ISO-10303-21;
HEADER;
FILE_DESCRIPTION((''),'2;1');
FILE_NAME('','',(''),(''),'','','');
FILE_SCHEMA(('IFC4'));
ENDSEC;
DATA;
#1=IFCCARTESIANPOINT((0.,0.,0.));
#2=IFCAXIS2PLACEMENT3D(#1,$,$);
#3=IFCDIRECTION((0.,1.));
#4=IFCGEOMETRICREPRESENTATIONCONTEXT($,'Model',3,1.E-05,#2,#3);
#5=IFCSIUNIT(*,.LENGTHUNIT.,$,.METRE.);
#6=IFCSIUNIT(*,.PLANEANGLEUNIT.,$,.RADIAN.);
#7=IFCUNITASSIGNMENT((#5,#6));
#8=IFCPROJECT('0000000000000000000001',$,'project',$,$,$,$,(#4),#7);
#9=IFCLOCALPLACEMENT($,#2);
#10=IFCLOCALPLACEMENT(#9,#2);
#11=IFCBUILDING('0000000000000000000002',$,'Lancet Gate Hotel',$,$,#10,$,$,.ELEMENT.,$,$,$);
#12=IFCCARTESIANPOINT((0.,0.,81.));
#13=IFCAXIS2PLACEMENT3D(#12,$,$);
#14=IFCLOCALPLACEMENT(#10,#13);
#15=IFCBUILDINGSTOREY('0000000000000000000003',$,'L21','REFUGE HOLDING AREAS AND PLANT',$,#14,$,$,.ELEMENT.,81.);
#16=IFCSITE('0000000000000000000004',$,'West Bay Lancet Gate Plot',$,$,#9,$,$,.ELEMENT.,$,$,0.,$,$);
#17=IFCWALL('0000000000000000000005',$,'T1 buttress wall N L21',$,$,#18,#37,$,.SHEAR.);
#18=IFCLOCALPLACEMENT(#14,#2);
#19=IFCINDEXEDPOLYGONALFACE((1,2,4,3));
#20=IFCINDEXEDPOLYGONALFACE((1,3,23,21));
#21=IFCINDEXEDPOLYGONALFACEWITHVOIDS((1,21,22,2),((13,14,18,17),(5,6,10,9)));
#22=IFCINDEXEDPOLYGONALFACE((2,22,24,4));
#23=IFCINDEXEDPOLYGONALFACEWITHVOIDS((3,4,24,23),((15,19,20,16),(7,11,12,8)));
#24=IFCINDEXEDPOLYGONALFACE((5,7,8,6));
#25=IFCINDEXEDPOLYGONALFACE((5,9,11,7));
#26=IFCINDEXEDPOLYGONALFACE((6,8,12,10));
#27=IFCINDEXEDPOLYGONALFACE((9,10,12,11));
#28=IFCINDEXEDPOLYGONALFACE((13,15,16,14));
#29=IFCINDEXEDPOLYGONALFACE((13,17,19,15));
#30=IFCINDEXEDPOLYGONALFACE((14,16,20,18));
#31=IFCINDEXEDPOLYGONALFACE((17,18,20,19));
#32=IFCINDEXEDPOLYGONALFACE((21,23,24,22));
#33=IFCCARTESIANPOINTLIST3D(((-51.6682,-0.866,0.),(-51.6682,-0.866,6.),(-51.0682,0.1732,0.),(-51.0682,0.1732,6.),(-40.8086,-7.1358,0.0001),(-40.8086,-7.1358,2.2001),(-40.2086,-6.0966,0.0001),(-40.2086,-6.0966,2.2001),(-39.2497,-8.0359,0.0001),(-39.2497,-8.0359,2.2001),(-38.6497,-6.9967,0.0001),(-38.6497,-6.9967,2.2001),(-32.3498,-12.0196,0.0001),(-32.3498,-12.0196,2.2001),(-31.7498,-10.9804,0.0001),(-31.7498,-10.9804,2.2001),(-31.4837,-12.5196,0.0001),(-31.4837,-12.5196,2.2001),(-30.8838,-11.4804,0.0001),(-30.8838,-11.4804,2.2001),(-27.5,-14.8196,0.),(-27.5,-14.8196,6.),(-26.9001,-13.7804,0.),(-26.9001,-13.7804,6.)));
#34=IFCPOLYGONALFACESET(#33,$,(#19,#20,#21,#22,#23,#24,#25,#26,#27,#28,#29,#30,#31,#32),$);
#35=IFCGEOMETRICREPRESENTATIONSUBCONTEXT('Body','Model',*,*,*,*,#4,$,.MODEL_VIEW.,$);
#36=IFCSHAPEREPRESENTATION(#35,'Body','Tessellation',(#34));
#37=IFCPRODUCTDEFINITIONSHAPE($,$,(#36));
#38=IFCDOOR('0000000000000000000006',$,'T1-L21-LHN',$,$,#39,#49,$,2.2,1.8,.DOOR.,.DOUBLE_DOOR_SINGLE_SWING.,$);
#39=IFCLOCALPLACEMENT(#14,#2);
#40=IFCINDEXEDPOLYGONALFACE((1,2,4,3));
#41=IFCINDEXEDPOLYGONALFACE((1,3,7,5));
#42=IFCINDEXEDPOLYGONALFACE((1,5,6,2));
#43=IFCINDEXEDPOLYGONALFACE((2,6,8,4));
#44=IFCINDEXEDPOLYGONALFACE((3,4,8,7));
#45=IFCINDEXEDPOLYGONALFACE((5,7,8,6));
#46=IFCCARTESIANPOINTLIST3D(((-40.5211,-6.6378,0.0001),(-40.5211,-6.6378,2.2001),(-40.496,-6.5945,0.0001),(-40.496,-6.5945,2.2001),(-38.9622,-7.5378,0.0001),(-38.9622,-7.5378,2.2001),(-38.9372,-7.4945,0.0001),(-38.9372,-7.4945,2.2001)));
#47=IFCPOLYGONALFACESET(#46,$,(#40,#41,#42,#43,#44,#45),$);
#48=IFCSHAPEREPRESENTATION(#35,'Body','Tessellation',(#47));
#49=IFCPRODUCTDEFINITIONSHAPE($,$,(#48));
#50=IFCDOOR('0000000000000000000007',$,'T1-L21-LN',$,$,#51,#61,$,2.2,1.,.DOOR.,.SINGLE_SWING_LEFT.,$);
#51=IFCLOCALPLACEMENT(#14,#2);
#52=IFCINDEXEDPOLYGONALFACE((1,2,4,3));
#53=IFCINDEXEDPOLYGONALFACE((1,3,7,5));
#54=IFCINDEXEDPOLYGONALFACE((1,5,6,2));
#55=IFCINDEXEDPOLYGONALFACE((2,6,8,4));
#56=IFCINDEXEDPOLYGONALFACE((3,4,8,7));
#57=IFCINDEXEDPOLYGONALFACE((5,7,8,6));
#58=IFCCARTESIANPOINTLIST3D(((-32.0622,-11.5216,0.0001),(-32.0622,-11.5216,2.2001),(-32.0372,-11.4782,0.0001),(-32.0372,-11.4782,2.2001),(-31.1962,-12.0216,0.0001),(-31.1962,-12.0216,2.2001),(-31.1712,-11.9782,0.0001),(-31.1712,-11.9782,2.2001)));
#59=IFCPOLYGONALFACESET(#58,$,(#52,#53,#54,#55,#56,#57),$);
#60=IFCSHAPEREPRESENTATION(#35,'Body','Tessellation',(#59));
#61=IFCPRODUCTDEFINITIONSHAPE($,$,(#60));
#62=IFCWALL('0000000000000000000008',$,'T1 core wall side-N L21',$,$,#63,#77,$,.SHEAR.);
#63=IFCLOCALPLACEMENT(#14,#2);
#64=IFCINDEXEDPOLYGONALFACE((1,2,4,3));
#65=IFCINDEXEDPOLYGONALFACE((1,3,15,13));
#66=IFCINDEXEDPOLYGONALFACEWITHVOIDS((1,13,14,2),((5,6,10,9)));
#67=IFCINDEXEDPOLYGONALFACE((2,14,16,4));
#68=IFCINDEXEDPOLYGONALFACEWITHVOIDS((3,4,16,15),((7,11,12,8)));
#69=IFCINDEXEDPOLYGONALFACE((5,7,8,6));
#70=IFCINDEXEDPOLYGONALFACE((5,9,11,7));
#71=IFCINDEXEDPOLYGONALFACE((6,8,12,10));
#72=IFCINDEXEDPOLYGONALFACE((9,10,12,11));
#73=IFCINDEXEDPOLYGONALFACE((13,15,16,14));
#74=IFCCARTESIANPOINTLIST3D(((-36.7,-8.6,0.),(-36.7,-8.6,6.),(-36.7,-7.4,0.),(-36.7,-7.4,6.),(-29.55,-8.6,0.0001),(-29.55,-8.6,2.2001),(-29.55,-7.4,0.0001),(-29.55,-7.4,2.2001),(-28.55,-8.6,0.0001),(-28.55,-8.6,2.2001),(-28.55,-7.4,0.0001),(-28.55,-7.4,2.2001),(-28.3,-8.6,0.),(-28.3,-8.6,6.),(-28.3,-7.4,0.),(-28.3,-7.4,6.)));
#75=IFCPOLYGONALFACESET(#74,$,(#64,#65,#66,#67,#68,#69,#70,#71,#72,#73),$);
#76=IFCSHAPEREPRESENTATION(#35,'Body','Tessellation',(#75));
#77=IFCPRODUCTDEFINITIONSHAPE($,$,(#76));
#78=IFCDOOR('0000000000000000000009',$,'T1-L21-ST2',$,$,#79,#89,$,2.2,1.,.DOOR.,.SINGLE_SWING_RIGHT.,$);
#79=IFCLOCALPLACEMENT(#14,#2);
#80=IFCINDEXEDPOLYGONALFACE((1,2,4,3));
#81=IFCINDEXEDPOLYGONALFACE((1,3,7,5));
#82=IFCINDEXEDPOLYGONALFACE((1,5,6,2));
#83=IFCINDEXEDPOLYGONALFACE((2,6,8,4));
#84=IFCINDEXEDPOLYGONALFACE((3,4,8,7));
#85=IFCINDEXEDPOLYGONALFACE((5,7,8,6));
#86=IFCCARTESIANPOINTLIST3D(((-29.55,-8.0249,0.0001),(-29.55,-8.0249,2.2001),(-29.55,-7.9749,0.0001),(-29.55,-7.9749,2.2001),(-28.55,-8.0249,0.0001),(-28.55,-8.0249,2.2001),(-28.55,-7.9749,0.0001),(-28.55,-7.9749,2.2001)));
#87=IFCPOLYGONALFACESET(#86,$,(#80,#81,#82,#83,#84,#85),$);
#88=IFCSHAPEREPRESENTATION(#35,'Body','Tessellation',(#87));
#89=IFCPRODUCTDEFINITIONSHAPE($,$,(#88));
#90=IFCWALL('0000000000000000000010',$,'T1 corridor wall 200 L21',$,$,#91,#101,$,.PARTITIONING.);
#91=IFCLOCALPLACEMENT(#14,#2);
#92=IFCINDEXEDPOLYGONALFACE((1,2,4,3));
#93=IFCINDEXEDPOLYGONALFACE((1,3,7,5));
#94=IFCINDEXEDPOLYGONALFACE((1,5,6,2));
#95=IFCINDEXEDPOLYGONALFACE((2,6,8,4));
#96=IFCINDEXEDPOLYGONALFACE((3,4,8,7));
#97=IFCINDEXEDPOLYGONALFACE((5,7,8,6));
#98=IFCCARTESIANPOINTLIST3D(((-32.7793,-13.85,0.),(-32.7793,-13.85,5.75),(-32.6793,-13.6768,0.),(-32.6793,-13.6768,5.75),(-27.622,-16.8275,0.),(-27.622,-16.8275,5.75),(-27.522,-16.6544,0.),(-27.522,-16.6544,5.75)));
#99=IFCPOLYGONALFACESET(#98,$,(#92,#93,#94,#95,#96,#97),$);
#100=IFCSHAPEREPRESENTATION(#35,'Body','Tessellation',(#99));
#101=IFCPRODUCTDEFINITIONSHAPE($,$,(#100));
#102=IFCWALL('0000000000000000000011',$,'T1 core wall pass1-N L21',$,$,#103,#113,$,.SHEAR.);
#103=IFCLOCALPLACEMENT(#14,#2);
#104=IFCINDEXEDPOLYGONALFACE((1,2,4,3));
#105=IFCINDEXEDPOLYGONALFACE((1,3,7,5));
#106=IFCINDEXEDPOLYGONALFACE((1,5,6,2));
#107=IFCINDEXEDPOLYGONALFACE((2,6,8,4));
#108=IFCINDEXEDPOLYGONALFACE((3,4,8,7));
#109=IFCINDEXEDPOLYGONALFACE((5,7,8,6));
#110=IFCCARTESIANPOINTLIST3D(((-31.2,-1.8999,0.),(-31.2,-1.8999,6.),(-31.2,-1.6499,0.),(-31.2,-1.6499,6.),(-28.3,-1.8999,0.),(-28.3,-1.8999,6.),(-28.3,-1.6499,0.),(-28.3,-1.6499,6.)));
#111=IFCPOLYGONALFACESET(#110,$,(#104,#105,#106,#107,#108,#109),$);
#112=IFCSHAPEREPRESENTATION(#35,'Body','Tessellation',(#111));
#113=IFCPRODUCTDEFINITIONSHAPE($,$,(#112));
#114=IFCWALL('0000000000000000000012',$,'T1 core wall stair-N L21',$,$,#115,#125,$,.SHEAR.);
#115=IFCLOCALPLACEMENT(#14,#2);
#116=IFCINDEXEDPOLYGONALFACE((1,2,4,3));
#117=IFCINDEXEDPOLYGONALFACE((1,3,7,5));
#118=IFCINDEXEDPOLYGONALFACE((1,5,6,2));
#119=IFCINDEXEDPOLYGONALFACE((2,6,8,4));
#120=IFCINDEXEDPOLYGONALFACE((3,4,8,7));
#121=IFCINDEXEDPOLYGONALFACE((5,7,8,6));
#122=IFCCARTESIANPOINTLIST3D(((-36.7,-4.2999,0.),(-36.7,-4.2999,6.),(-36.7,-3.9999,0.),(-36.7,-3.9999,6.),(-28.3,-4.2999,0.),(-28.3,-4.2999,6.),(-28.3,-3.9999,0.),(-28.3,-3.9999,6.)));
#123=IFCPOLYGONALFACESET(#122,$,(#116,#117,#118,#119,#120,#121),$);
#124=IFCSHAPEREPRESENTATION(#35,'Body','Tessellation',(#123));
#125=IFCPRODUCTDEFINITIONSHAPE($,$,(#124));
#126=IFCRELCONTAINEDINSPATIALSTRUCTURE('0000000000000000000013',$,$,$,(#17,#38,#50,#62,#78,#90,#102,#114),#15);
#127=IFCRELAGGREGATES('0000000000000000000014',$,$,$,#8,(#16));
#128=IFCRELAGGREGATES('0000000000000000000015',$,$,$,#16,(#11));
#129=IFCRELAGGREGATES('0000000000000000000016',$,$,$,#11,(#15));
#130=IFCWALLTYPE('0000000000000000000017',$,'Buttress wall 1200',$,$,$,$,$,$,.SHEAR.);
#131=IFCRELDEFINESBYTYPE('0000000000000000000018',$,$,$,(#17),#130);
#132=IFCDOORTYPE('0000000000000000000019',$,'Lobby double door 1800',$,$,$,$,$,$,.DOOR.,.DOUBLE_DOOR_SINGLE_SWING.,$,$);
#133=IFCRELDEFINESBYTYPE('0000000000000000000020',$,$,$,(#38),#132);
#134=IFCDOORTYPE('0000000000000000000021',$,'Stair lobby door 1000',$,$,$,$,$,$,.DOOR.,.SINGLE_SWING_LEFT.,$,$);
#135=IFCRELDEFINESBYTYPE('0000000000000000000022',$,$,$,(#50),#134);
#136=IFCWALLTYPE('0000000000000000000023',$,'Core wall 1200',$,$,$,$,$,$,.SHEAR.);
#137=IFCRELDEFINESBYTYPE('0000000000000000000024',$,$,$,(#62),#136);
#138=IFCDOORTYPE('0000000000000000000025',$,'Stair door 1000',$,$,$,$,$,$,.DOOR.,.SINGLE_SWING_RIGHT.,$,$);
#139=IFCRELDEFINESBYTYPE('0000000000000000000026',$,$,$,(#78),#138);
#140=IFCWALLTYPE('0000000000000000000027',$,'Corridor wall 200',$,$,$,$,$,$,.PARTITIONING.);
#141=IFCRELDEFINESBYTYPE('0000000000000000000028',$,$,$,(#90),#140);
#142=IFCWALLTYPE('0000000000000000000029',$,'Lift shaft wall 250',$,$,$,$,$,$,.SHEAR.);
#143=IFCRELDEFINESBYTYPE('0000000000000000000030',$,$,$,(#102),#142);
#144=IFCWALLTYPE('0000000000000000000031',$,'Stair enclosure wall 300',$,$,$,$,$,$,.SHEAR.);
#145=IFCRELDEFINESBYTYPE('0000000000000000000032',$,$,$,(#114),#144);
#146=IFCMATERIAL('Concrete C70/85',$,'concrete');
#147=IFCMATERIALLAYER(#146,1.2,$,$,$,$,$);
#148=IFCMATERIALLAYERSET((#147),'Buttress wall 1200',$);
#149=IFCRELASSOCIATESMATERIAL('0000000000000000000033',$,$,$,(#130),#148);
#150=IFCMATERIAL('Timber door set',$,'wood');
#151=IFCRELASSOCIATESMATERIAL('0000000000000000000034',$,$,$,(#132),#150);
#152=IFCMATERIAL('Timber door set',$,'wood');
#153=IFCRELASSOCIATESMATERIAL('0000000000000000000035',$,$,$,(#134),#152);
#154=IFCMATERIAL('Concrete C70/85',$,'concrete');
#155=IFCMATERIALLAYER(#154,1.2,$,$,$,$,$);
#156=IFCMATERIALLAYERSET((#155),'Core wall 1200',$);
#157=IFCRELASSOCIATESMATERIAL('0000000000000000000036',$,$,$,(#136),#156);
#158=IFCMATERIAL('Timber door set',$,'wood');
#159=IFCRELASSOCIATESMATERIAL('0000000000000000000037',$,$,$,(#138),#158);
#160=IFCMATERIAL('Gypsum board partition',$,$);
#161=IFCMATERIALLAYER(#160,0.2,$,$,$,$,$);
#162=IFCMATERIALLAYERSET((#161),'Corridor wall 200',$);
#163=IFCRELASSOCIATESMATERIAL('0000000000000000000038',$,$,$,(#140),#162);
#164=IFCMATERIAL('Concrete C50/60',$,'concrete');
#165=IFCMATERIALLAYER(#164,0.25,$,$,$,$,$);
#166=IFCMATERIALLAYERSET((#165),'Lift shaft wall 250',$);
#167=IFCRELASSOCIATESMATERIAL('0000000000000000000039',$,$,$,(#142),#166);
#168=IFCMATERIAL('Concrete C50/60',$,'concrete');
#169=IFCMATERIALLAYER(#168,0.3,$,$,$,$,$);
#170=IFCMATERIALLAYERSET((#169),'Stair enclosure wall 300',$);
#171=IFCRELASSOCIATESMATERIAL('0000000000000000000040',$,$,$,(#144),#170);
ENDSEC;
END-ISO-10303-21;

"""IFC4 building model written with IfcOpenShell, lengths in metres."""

from ifc_helpers import new_model, si_unit, direction, frame, frame_2d, origin, place, context, subcontext, project, spatial, rectangle, extrude, material, layer, layer_set, type_object, element, fill, save


model = new_model("IFC4")

# Units and contexts
model_context = context("Model", 3, precision=1e-05, world=origin(), true_north=direction((0.0, 1.0)))
body_context = subcontext(model_context, "Body", "Model", "MODEL_VIEW")
ifc_project = project(units=[si_unit("LENGTHUNIT", "METRE"), si_unit("PLANEANGLEUNIT", "RADIAN")], contexts=[model_context])

# Site, building, storey
site_placement = place(None, origin())
site = spatial("IfcSite", under=ifc_project, at=site_placement, Name="West Bay Lancet Gate Plot", CompositionType="ELEMENT", RefElevation=0.0)
building_placement = place(site_placement, origin())
building = spatial("IfcBuilding", under=site, at=building_placement, Name="Lancet Gate Hotel", CompositionType="ELEMENT")
storey_placement = place(building_placement, frame((0.0, 0.0, 81.0)))
storey = spatial("IfcBuildingStorey", under=building, at=storey_placement, Name="L21", Description="REFUGE HOLDING AREAS AND PLANT", CompositionType="ELEMENT", Elevation=81.0)

# Wall, openings, doors
ifc_material_1 = material(Name="Concrete C70/85", Category="concrete")
ifc_layer_1 = layer(ifc_material_1, 1.2)
ifc_layer_set_1 = layer_set([ifc_layer_1], Name="Buttress wall 1200")
wall_type_1 = type_object("IfcWallType", Name="Buttress wall 1200", PredefinedType="SHEAR", material=ifc_layer_set_1)
wall_1_placement = place(storey_placement, frame((-27.2, -14.3, 0.0), z_axis=(0.0, 0.0, 1.0), x_axis=(-0.866024, 0.500002, 0.0)))
wall_1 = element("IfcWall", 1, at=wall_1_placement, inside=storey, type_object=wall_type_1, Name="T1 buttress wall N L21", PredefinedType="SHEAR", context=body_context, shape_type="SweptSolid", body=[
    extrude(rectangle(XDim=27.907, YDim=1.2, at=frame_2d((13.9536, 0.0))), origin(), (0.0, 0.0, 1.0), 6.0),
])
opening_1_placement = place(wall_1_placement, frame((4.6001, 0.0, 0.0)))
opening_1 = element("IfcOpeningElement", 2, at=opening_1_placement, cuts=wall_1, PredefinedType="OPENING", context=body_context, shape_type="SweptSolid", body=[
    extrude(rectangle(XDim=1.0, YDim=2.2, at=frame_2d((0.5, 1.1001))), frame((0.0, 0.6099, 0.0), z_axis=(0.0, -1.0, 0.0), x_axis=(1.0, 0.0, 0.0)), (0.0, 0.0, 1.0), 1.22),
])
opening_2_placement = place(wall_1_placement, frame((13.5676, 0.0, 0.0)))
opening_2 = element("IfcOpeningElement", 3, at=opening_2_placement, cuts=wall_1, PredefinedType="OPENING", context=body_context, shape_type="SweptSolid", body=[
    extrude(rectangle(XDim=1.8, YDim=2.2, at=frame_2d((0.8999, 1.1001))), frame((0.0, 0.6099, 0.0), z_axis=(0.0, -1.0, 0.0), x_axis=(1.0, 0.0, 0.0)), (0.0, 0.0, 1.0), 1.22),
])
ifc_material_2 = material(Name="Timber door set", Category="wood")
door_type_1 = type_object("IfcDoorType", Name="Lobby double door 1800", OperationType="DOUBLE_DOOR_SINGLE_SWING", PredefinedType="DOOR", material=ifc_material_2)
door_1_placement = place(opening_2_placement, origin())
door_1 = element("IfcDoor", 4, at=door_1_placement, inside=storey, type_object=door_type_1, Name="T1-L21-LHN", OperationType="DOUBLE_DOOR_SINGLE_SWING", OverallHeight=2.2, OverallWidth=1.8, PredefinedType="DOOR", context=body_context, shape_type="SweptSolid", body=[
    extrude(rectangle(XDim=1.8, YDim=2.2, at=frame_2d((0.8999, 1.1001))), frame((0.0, 0.0249, 0.0), z_axis=(0.0, -1.0, 0.0), x_axis=(1.0, 0.0, 0.0)), (0.0, 0.0, 1.0), 0.05),
])
fill(opening_2, door_1)
ifc_material_3 = material(Name="Timber door set", Category="wood")
door_type_2 = type_object("IfcDoorType", Name="Stair lobby door 1000", OperationType="SINGLE_SWING_LEFT", PredefinedType="DOOR", material=ifc_material_3)
door_2_placement = place(opening_1_placement, origin())
door_2 = element("IfcDoor", 5, at=door_2_placement, inside=storey, type_object=door_type_2, Name="T1-L21-LN", OperationType="SINGLE_SWING_LEFT", OverallHeight=2.2, OverallWidth=1.0, PredefinedType="DOOR", context=body_context, shape_type="SweptSolid", body=[
    extrude(rectangle(XDim=1.0, YDim=2.2, at=frame_2d((0.5, 1.1001))), frame((0.0, 0.0249, 0.0), z_axis=(0.0, -1.0, 0.0), x_axis=(1.0, 0.0, 0.0)), (0.0, 0.0, 1.0), 0.05),
])
fill(opening_1, door_2)

# Wall, opening, door
ifc_material_4 = material(Name="Concrete C70/85", Category="concrete")
ifc_layer_2 = layer(ifc_material_4, 1.2)
ifc_layer_set_2 = layer_set([ifc_layer_2], Name="Core wall 1200")
wall_type_2 = type_object("IfcWallType", Name="Core wall 1200", PredefinedType="SHEAR", material=ifc_layer_set_2)
wall_2_placement = place(storey_placement, frame((-28.3, -8.0, 0.0), z_axis=(0.0, 0.0, 1.0), x_axis=(-1.0, 0.0, 0.0)))
wall_2 = element("IfcWall", 6, at=wall_2_placement, inside=storey, type_object=wall_type_2, Name="T1 core wall side-N L21", PredefinedType="SHEAR", context=body_context, shape_type="SweptSolid", body=[
    extrude(rectangle(XDim=8.3999, YDim=1.2, at=frame_2d((4.2, 0.0))), origin(), (0.0, 0.0, 1.0), 6.0),
])
opening_3_placement = place(wall_2_placement, frame((0.25, 0.0, 0.0)))
opening_3 = element("IfcOpeningElement", 7, at=opening_3_placement, cuts=wall_2, PredefinedType="OPENING", context=body_context, shape_type="SweptSolid", body=[
    extrude(rectangle(XDim=1.0, YDim=2.2, at=frame_2d((0.5, 1.1001))), frame((0.0, 0.6099, 0.0), z_axis=(0.0, -1.0, 0.0), x_axis=(1.0, 0.0, 0.0)), (0.0, 0.0, 1.0), 1.22),
])
ifc_material_5 = material(Name="Timber door set", Category="wood")
door_type_3 = type_object("IfcDoorType", Name="Stair door 1000", OperationType="SINGLE_SWING_RIGHT", PredefinedType="DOOR", material=ifc_material_5)
door_3_placement = place(opening_3_placement, origin())
door_3 = element("IfcDoor", 8, at=door_3_placement, inside=storey, type_object=door_type_3, Name="T1-L21-ST2", OperationType="SINGLE_SWING_RIGHT", OverallHeight=2.2, OverallWidth=1.0, PredefinedType="DOOR", context=body_context, shape_type="SweptSolid", body=[
    extrude(rectangle(XDim=1.0, YDim=2.2, at=frame_2d((0.5, 1.1001))), frame((0.0, 0.0249, 0.0), z_axis=(0.0, -1.0, 0.0), x_axis=(1.0, 0.0, 0.0)), (0.0, 0.0, 1.0), 0.05),
])
fill(opening_3, door_3)

# Walls
ifc_material_6 = material(Name="Gypsum board partition")
ifc_layer_3 = layer(ifc_material_6, 0.2)
ifc_layer_set_3 = layer_set([ifc_layer_3], Name="Corridor wall 200")
wall_type_3 = type_object("IfcWallType", Name="Corridor wall 200", PredefinedType="PARTITIONING", material=ifc_layer_set_3)
wall_3_placement = place(storey_placement, frame((-27.572, -16.741, 0.0), z_axis=(0.0, 0.0, 1.0), x_axis=(-0.866024, 0.500002, 0.0)))
element("IfcWall", 9, at=wall_3_placement, inside=storey, type_object=wall_type_3, Name="T1 corridor wall 200 L21", PredefinedType="PARTITIONING", context=body_context, shape_type="SweptSolid", body=[
    extrude(rectangle(XDim=5.9551, YDim=0.2, at=frame_2d((2.9775, 0.0))), origin(), (0.0, 0.0, 1.0), 5.75),
])
ifc_material_7 = material(Name="Concrete C50/60", Category="concrete")
ifc_layer_4 = layer(ifc_material_7, 0.25)
ifc_layer_set_4 = layer_set([ifc_layer_4], Name="Lift shaft wall 250")
wall_type_4 = type_object("IfcWallType", Name="Lift shaft wall 250", PredefinedType="SHEAR", material=ifc_layer_set_4)
wall_4_placement = place(storey_placement, frame((-28.3, -1.7749, 0.0), z_axis=(0.0, 0.0, 1.0), x_axis=(-1.0, 0.0, 0.0)))
element("IfcWall", 10, at=wall_4_placement, inside=storey, type_object=wall_type_4, Name="T1 core wall pass1-N L21", PredefinedType="SHEAR", context=body_context, shape_type="SweptSolid", body=[
    extrude(rectangle(XDim=2.8999, YDim=0.25, at=frame_2d((1.45, 0.0))), origin(), (0.0, 0.0, 1.0), 6.0),
])
ifc_material_8 = material(Name="Concrete C50/60", Category="concrete")
ifc_layer_5 = layer(ifc_material_8, 0.3)
ifc_layer_set_5 = layer_set([ifc_layer_5], Name="Stair enclosure wall 300")
wall_type_5 = type_object("IfcWallType", Name="Stair enclosure wall 300", PredefinedType="SHEAR", material=ifc_layer_set_5)
wall_5_placement = place(storey_placement, frame((-28.3, -4.1499, 0.0), z_axis=(0.0, 0.0, 1.0), x_axis=(-1.0, 0.0, 0.0)))
element("IfcWall", 11, at=wall_5_placement, inside=storey, type_object=wall_type_5, Name="T1 core wall stair-N L21", PredefinedType="SHEAR", context=body_context, shape_type="SweptSolid", body=[
    extrude(rectangle(XDim=8.3999, YDim=0.3, at=frame_2d((4.2, 0.0))), origin(), (0.0, 0.0, 1.0), 6.0),
])

save(model, "model.ifc")
